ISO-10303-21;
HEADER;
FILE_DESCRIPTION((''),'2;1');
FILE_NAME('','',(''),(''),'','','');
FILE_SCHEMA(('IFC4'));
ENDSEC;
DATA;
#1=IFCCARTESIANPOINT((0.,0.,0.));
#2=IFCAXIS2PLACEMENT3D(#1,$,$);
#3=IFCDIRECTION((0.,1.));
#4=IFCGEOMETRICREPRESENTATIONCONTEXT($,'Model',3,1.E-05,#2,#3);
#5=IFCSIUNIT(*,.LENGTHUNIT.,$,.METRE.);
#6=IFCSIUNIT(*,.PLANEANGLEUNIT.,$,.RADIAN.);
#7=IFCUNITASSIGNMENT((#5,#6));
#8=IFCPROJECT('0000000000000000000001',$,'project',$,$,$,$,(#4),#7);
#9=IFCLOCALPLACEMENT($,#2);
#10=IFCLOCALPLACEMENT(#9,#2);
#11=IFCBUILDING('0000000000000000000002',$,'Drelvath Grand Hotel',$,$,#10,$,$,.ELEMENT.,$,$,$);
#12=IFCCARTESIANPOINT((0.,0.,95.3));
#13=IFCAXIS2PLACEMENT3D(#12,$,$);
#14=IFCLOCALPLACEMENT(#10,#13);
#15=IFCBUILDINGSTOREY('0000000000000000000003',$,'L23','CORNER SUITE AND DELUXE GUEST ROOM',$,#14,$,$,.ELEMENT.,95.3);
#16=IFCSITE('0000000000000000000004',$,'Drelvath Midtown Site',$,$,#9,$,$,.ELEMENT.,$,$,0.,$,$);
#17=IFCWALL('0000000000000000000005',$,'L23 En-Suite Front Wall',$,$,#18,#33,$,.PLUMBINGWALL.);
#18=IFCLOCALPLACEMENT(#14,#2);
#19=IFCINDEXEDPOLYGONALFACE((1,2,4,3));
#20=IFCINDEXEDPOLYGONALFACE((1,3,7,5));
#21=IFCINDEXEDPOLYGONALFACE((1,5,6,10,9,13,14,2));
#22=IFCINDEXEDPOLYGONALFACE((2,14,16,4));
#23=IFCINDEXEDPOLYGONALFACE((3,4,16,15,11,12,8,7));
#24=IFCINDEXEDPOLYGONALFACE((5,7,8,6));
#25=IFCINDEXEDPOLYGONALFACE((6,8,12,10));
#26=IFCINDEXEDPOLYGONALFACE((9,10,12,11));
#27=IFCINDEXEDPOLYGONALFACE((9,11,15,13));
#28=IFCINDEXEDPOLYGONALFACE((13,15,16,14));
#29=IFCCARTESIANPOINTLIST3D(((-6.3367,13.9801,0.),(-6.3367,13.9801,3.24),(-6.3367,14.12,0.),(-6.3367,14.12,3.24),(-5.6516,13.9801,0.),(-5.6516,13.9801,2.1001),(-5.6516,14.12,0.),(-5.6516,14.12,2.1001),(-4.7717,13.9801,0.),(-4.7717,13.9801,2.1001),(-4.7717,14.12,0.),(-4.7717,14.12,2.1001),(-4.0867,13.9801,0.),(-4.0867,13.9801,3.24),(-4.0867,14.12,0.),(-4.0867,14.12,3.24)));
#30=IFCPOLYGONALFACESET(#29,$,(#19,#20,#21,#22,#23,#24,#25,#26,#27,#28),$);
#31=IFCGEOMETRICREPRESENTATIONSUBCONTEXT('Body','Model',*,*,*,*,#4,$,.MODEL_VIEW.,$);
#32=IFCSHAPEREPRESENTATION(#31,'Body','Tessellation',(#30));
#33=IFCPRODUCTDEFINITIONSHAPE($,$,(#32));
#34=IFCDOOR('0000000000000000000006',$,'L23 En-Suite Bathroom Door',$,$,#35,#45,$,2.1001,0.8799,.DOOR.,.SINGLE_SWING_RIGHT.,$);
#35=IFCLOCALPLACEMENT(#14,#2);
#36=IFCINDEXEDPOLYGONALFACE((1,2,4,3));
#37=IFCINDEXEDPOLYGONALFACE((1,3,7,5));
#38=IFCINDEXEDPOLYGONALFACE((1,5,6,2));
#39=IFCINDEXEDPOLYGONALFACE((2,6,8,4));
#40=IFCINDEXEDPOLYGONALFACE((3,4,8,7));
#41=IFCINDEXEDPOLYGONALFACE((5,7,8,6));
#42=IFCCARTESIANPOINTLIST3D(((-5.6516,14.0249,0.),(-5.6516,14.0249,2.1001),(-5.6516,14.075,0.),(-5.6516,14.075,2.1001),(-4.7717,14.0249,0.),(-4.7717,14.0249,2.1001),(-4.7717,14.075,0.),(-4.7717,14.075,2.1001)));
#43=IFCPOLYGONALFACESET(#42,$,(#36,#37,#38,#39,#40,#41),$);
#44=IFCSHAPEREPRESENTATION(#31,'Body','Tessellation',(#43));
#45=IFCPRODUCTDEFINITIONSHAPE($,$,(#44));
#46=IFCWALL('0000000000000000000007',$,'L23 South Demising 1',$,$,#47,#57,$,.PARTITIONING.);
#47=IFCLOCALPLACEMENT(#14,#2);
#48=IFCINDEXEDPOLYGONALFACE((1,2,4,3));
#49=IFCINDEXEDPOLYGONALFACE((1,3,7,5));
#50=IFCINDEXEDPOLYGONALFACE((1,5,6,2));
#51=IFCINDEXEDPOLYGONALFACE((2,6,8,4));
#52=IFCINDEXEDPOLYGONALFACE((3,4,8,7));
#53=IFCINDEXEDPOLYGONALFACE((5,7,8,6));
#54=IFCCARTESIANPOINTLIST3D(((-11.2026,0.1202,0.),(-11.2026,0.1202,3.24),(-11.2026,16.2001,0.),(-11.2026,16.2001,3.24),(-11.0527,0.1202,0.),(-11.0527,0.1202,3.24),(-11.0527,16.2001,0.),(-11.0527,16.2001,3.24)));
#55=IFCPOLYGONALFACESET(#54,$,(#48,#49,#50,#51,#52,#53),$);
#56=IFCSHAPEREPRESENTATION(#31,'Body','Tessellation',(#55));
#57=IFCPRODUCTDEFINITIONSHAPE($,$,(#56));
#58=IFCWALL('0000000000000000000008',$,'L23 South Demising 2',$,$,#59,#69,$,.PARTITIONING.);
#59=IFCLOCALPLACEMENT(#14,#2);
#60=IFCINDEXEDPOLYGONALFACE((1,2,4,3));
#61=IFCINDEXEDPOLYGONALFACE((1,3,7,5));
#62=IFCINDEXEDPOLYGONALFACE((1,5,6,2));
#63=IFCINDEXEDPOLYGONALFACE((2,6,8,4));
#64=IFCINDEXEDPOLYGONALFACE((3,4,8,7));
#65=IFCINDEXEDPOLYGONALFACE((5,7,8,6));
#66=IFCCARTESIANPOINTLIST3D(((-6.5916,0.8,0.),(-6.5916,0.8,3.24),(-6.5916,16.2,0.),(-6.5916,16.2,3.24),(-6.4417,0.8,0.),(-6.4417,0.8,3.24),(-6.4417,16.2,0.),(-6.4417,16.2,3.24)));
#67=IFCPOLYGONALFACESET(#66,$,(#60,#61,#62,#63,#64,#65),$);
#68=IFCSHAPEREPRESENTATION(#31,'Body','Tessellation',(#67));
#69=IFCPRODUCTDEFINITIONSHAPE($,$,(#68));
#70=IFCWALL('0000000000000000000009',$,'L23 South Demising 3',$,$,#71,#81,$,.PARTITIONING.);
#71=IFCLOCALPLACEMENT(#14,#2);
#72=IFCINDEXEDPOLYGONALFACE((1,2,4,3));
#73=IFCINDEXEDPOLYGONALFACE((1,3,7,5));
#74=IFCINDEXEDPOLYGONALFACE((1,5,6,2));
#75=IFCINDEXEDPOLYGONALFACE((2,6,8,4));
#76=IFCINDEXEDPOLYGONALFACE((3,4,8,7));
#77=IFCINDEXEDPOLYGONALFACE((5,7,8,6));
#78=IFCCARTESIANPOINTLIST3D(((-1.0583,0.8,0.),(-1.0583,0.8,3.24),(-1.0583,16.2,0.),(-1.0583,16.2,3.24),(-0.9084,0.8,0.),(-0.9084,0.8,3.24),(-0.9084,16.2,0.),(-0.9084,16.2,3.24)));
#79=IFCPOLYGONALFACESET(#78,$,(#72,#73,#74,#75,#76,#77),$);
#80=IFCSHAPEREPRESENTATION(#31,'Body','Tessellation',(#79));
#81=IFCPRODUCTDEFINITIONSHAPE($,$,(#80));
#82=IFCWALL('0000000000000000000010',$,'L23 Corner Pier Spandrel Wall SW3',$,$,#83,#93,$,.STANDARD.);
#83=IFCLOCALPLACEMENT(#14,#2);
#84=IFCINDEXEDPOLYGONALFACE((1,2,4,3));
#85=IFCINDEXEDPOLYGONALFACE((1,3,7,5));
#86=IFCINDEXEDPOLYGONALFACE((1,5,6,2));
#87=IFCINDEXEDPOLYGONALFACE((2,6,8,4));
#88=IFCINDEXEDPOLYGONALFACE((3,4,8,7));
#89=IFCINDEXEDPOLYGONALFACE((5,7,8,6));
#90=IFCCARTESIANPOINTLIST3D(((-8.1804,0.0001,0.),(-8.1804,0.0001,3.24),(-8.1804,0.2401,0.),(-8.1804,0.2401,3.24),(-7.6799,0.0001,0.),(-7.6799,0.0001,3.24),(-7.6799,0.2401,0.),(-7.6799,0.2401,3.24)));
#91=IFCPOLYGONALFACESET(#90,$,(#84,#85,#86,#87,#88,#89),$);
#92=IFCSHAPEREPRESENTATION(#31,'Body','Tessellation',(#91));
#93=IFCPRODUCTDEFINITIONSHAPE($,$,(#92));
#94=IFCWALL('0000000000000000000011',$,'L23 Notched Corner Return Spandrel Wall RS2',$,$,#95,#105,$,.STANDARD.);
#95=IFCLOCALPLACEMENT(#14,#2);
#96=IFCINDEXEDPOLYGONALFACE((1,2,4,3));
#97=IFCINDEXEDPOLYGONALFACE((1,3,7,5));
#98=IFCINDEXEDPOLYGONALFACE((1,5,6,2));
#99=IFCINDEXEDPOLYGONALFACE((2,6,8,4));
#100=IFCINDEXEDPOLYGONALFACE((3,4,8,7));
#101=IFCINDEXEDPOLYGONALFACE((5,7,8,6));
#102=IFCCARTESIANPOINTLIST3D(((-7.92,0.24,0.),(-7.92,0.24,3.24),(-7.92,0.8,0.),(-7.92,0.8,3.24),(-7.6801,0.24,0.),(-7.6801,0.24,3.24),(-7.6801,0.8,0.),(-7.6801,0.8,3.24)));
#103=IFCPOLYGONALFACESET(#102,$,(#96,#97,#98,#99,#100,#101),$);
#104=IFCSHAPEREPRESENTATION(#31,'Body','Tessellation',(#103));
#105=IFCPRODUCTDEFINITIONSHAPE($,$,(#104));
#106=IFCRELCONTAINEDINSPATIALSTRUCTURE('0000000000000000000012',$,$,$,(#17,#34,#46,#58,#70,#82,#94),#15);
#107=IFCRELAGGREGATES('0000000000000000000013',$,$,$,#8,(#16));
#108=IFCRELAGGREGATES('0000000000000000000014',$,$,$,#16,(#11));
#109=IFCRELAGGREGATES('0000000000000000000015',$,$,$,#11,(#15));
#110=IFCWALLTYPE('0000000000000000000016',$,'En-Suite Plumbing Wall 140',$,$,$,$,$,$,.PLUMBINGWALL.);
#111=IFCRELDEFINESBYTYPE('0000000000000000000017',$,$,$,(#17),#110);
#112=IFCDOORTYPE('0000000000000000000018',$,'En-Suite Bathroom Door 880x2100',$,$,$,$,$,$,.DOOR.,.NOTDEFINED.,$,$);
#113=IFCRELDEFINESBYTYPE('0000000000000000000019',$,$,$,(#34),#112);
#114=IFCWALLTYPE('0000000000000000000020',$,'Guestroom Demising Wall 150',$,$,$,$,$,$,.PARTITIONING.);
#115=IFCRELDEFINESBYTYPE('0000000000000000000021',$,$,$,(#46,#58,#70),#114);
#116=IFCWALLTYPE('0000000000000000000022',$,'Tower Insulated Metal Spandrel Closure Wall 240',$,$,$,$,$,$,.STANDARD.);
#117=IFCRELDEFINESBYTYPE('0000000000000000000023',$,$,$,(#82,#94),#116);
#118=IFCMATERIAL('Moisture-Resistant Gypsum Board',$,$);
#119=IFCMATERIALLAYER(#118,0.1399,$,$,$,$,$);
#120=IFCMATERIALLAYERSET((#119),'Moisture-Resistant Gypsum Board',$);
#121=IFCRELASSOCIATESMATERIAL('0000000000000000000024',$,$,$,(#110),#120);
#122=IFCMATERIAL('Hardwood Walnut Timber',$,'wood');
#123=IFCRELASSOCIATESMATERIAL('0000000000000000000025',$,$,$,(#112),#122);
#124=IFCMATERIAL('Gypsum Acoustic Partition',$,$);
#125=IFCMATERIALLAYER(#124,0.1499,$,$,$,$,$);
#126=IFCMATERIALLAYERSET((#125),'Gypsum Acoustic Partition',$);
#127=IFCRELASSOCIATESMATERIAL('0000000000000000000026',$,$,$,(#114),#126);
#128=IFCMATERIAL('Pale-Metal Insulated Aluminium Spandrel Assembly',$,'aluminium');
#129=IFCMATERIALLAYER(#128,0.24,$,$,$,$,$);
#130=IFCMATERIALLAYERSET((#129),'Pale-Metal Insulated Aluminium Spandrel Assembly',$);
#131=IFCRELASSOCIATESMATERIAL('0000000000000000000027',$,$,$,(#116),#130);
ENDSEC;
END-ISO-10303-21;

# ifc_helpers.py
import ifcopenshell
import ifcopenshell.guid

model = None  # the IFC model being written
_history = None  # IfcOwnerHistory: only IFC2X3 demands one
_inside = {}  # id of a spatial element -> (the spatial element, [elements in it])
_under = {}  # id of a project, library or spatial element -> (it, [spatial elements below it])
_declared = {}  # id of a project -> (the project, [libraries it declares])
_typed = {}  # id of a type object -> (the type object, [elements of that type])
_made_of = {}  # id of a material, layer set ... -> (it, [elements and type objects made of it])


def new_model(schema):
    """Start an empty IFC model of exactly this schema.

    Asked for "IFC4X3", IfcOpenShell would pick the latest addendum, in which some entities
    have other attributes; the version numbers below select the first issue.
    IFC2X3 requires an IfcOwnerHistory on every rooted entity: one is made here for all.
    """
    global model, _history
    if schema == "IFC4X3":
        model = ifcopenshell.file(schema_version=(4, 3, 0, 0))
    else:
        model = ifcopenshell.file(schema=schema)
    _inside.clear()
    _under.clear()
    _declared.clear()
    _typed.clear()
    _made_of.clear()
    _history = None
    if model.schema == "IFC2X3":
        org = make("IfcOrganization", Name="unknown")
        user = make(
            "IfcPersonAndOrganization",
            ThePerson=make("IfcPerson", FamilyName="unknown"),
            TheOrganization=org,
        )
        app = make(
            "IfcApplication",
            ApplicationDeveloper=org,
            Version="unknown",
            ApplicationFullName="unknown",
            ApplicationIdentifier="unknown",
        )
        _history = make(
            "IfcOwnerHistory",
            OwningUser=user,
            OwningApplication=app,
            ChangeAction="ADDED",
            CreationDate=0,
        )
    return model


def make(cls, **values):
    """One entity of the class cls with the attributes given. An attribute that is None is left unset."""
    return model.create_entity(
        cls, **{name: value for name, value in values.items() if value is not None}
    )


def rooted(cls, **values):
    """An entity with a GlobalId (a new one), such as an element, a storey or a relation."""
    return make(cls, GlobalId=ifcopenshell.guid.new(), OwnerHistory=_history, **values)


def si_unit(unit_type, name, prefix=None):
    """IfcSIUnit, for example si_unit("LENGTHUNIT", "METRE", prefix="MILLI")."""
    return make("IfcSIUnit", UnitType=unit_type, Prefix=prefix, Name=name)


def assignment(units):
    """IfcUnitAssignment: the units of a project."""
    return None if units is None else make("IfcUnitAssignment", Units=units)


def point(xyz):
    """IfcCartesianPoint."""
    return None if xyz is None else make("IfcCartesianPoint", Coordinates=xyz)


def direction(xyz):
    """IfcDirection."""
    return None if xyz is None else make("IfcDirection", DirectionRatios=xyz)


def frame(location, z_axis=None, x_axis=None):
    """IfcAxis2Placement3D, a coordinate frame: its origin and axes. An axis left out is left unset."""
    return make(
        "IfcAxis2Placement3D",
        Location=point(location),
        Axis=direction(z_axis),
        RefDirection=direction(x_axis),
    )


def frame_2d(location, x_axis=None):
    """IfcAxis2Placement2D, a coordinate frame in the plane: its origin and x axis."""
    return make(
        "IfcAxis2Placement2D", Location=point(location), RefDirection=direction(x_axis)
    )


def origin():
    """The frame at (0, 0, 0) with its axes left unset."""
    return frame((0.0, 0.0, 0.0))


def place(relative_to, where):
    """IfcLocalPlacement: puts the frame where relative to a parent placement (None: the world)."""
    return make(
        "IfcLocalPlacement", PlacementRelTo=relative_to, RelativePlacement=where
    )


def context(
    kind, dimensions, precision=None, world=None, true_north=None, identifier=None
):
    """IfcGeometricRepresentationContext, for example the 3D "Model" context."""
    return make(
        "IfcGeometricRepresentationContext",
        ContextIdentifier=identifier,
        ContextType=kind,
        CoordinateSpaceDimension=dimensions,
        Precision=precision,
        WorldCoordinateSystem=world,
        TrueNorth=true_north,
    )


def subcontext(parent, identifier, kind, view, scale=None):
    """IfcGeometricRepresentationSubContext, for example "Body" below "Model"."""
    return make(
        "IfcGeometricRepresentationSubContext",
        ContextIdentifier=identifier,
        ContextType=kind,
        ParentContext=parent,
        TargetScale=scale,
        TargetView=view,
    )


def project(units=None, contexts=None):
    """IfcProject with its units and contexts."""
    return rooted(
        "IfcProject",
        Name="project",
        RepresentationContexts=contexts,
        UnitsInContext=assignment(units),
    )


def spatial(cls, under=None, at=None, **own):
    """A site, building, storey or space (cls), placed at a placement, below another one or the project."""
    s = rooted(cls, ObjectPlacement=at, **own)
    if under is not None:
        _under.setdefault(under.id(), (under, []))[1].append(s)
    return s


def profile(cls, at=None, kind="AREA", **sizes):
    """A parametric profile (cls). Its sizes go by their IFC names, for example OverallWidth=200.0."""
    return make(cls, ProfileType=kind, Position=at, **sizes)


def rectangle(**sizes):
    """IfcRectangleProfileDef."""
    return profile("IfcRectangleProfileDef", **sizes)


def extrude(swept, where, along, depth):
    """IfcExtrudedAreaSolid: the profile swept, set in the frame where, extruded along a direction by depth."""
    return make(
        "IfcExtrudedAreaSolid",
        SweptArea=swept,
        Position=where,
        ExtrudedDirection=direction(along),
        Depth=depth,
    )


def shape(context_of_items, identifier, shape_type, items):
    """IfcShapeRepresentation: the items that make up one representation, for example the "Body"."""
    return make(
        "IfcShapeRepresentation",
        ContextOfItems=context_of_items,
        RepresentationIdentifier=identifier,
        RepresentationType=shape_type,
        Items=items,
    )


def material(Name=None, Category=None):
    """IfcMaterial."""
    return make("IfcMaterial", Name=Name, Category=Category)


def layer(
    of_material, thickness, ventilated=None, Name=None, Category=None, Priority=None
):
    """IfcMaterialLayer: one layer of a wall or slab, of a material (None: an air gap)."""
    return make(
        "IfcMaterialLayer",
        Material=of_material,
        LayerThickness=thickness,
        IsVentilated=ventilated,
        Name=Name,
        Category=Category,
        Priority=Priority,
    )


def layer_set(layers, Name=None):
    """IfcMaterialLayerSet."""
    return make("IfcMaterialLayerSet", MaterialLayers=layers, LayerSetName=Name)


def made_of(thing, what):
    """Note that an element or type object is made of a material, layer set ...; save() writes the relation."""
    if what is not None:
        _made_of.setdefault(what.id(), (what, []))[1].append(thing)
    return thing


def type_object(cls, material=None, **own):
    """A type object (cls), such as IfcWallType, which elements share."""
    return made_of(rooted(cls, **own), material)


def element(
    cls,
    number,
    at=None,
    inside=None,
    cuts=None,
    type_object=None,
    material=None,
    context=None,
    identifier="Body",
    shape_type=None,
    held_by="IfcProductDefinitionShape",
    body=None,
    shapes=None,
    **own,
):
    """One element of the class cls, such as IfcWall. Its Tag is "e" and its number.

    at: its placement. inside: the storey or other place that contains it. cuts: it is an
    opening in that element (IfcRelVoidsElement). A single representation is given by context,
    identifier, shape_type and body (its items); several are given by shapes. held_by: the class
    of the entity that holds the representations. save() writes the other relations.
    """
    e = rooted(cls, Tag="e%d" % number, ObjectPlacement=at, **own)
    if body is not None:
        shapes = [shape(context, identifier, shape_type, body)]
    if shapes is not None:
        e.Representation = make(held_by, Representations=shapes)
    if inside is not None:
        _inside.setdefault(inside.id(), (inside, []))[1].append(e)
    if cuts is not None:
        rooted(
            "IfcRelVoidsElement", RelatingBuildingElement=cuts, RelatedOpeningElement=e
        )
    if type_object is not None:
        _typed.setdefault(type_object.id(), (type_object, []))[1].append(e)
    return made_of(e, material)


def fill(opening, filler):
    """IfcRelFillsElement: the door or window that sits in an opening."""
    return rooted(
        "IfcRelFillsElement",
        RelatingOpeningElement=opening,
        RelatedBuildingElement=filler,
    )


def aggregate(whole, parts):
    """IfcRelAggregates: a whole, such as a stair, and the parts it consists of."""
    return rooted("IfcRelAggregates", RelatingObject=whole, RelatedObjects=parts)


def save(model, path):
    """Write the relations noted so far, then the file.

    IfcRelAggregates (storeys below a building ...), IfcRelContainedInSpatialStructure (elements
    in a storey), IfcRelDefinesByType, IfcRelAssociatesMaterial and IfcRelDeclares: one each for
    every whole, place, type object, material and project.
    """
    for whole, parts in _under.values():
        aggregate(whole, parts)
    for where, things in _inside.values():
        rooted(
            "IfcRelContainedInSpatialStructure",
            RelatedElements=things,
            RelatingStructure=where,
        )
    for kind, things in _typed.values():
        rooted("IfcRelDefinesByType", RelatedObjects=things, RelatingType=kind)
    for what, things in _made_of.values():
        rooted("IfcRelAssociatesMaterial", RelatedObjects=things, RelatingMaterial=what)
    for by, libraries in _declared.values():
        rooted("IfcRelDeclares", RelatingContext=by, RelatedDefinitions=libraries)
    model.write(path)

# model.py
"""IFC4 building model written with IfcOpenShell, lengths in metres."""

from ifc_helpers import new_model, si_unit, direction, frame, frame_2d, origin, place, context, subcontext, project, spatial, rectangle, extrude, material, layer, layer_set, type_object, element, fill, save


model = new_model("IFC4")

# Units and contexts
model_context = context("Model", 3, precision=1e-05, world=origin(), true_north=direction((0.0, 1.0)))
body_context = subcontext(model_context, "Body", "Model", "MODEL_VIEW")
ifc_project = project(units=[si_unit("LENGTHUNIT", "METRE"), si_unit("PLANEANGLEUNIT", "RADIAN")], contexts=[model_context])

# Site, building, storey
site_placement = place(None, origin())
site = spatial("IfcSite", under=ifc_project, at=site_placement, Name="Drelvath Midtown Site", CompositionType="ELEMENT", RefElevation=0.0)
building_placement = place(site_placement, origin())
building = spatial("IfcBuilding", under=site, at=building_placement, Name="Drelvath Grand Hotel", CompositionType="ELEMENT")
storey_placement = place(building_placement, frame((0.0, 0.0, 95.3)))
storey = spatial("IfcBuildingStorey", under=building, at=storey_placement, Name="L23", Description="CORNER SUITE AND DELUXE GUEST ROOM", CompositionType="ELEMENT", Elevation=95.3)

# Wall, opening, door
ifc_material_1 = material(Name="Moisture-Resistant Gypsum Board")
ifc_layer_1 = layer(ifc_material_1, 0.1399)
ifc_layer_set_1 = layer_set([ifc_layer_1], Name="Moisture-Resistant Gypsum Board")
wall_type_1 = type_object("IfcWallType", Name="En-Suite Plumbing Wall 140", PredefinedType="PLUMBINGWALL", material=ifc_layer_set_1)
ifc_material_2 = material(Name="Hardwood Walnut Timber", Category="wood")
door_type = type_object("IfcDoorType", Name="En-Suite Bathroom Door 880x2100", OperationType="NOTDEFINED", PredefinedType="DOOR", material=ifc_material_2)
wall_1_placement = place(storey_placement, frame((-6.3367, 14.05, 0.0), z_axis=(0.0, 0.0, 1.0), x_axis=(1.0, 0.0, 0.0)))
wall_1 = element("IfcWall", 1, at=wall_1_placement, inside=storey, type_object=wall_type_1, Name="L23 En-Suite Front Wall", PredefinedType="PLUMBINGWALL", context=body_context, shape_type="SweptSolid", body=[
    extrude(rectangle(XDim=2.25, YDim=0.1399, at=frame_2d((1.125, 0.0))), origin(), (0.0, 0.0, 1.0), 3.24),
])
opening_1_placement = place(wall_1_placement, frame((0.6851, 0.0, 0.0)))
opening_1 = element("IfcOpeningElement", 2, at=opening_1_placement, cuts=wall_1, PredefinedType="OPENING", context=body_context, shape_type="SweptSolid", body=[
    extrude(rectangle(XDim=0.8799, YDim=2.1001, at=frame_2d((0.4399, 1.05))), frame((0.0, 0.0798, 0.0), z_axis=(0.0, -1.0, 0.0), x_axis=(1.0, 0.0, 0.0)), (0.0, 0.0, 1.0), 0.1599),
])
door_1_placement = place(opening_1_placement, origin())
door_1 = element("IfcDoor", 3, at=door_1_placement, inside=storey, type_object=door_type, Name="L23 En-Suite Bathroom Door", OperationType="SINGLE_SWING_RIGHT", OverallHeight=2.1001, OverallWidth=0.8799, PredefinedType="DOOR", context=body_context, shape_type="SweptSolid", body=[
    extrude(rectangle(XDim=0.8799, YDim=2.1001, at=frame_2d((0.4399, 1.05))), frame((0.0, 0.0249, 0.0), z_axis=(0.0, -1.0, 0.0), x_axis=(1.0, 0.0, 0.0)), (0.0, 0.0, 1.0), 0.05),
])
fill(opening_1, door_1)

# Walls
ifc_material_3 = material(Name="Gypsum Acoustic Partition")
ifc_layer_2 = layer(ifc_material_3, 0.1499)
ifc_layer_set_2 = layer_set([ifc_layer_2], Name="Gypsum Acoustic Partition")
wall_type_2 = type_object("IfcWallType", Name="Guestroom Demising Wall 150", PredefinedType="PARTITIONING", material=ifc_layer_set_2)
wall_2_placement = place(storey_placement, frame((-11.1277, 0.1201, 0.0), z_axis=(0.0, 0.0, 1.0), x_axis=(0.0, 1.0, 0.0)))
element("IfcWall", 4, at=wall_2_placement, inside=storey, type_object=wall_type_2, Name="L23 South Demising 1", PredefinedType="PARTITIONING", context=body_context, shape_type="SweptSolid", body=[
    extrude(rectangle(XDim=16.0798, YDim=0.1499, at=frame_2d((8.04, 0.0))), origin(), (0.0, 0.0, 1.0), 3.24),
])
for number, where, z_axis, x_axis, name in (
    (5, (-6.5166, 0.8, 0.0), (0.0, 0.0, 1.0), (0.0, 1.0, 0.0), "L23 South Demising 2"),
    (6, (-0.9834, 0.8, 0.0), (0.0, 0.0, 1.0), (0.0, 1.0, 0.0), "L23 South Demising 3"),
):
    element("IfcWall", number, at=place(storey_placement, frame(where, z_axis=z_axis, x_axis=x_axis)), inside=storey, type_object=wall_type_2, Name=name, PredefinedType="PARTITIONING", context=body_context, shape_type="SweptSolid", body=[
        extrude(rectangle(XDim=15.3999, YDim=0.1499, at=frame_2d((7.7, 0.0))), origin(), (0.0, 0.0, 1.0), 3.24),
    ])
ifc_material_4 = material(Name="Pale-Metal Insulated Aluminium Spandrel Assembly", Category="aluminium")
ifc_layer_3 = layer(ifc_material_4, 0.24)
ifc_layer_set_3 = layer_set([ifc_layer_3], Name="Pale-Metal Insulated Aluminium Spandrel Assembly")
wall_type_3 = type_object("IfcWallType", Name="Tower Insulated Metal Spandrel Closure Wall 240", PredefinedType="STANDARD", material=ifc_layer_set_3)
wall_3_placement = place(storey_placement, frame((-7.6799, 0.1201, 0.0), z_axis=(0.0, 0.0, 1.0), x_axis=(-1.0, 0.0, 0.0)))
element("IfcWall", 7, at=wall_3_placement, inside=storey, type_object=wall_type_3, Name="L23 Corner Pier Spandrel Wall SW3", PredefinedType="STANDARD", context=body_context, shape_type="SweptSolid", body=[
    extrude(rectangle(XDim=0.5005, YDim=0.24, at=frame_2d((0.2502, 0.0))), origin(), (0.0, 0.0, 1.0), 3.24),
])
wall_4_placement = place(storey_placement, frame((-7.8, 0.8, 0.0), z_axis=(0.0, 0.0, 1.0), x_axis=(0.0, -1.0, 0.0)))
element("IfcWall", 8, at=wall_4_placement, inside=storey, type_object=wall_type_3, Name="L23 Notched Corner Return Spandrel Wall RS2", PredefinedType="STANDARD", context=body_context, shape_type="SweptSolid", body=[
    extrude(rectangle(XDim=0.5601, YDim=0.24, at=frame_2d((0.28, 0.0))), origin(), (0.0, 0.0, 1.0), 3.24),
])

save(model, "model.ifc")
